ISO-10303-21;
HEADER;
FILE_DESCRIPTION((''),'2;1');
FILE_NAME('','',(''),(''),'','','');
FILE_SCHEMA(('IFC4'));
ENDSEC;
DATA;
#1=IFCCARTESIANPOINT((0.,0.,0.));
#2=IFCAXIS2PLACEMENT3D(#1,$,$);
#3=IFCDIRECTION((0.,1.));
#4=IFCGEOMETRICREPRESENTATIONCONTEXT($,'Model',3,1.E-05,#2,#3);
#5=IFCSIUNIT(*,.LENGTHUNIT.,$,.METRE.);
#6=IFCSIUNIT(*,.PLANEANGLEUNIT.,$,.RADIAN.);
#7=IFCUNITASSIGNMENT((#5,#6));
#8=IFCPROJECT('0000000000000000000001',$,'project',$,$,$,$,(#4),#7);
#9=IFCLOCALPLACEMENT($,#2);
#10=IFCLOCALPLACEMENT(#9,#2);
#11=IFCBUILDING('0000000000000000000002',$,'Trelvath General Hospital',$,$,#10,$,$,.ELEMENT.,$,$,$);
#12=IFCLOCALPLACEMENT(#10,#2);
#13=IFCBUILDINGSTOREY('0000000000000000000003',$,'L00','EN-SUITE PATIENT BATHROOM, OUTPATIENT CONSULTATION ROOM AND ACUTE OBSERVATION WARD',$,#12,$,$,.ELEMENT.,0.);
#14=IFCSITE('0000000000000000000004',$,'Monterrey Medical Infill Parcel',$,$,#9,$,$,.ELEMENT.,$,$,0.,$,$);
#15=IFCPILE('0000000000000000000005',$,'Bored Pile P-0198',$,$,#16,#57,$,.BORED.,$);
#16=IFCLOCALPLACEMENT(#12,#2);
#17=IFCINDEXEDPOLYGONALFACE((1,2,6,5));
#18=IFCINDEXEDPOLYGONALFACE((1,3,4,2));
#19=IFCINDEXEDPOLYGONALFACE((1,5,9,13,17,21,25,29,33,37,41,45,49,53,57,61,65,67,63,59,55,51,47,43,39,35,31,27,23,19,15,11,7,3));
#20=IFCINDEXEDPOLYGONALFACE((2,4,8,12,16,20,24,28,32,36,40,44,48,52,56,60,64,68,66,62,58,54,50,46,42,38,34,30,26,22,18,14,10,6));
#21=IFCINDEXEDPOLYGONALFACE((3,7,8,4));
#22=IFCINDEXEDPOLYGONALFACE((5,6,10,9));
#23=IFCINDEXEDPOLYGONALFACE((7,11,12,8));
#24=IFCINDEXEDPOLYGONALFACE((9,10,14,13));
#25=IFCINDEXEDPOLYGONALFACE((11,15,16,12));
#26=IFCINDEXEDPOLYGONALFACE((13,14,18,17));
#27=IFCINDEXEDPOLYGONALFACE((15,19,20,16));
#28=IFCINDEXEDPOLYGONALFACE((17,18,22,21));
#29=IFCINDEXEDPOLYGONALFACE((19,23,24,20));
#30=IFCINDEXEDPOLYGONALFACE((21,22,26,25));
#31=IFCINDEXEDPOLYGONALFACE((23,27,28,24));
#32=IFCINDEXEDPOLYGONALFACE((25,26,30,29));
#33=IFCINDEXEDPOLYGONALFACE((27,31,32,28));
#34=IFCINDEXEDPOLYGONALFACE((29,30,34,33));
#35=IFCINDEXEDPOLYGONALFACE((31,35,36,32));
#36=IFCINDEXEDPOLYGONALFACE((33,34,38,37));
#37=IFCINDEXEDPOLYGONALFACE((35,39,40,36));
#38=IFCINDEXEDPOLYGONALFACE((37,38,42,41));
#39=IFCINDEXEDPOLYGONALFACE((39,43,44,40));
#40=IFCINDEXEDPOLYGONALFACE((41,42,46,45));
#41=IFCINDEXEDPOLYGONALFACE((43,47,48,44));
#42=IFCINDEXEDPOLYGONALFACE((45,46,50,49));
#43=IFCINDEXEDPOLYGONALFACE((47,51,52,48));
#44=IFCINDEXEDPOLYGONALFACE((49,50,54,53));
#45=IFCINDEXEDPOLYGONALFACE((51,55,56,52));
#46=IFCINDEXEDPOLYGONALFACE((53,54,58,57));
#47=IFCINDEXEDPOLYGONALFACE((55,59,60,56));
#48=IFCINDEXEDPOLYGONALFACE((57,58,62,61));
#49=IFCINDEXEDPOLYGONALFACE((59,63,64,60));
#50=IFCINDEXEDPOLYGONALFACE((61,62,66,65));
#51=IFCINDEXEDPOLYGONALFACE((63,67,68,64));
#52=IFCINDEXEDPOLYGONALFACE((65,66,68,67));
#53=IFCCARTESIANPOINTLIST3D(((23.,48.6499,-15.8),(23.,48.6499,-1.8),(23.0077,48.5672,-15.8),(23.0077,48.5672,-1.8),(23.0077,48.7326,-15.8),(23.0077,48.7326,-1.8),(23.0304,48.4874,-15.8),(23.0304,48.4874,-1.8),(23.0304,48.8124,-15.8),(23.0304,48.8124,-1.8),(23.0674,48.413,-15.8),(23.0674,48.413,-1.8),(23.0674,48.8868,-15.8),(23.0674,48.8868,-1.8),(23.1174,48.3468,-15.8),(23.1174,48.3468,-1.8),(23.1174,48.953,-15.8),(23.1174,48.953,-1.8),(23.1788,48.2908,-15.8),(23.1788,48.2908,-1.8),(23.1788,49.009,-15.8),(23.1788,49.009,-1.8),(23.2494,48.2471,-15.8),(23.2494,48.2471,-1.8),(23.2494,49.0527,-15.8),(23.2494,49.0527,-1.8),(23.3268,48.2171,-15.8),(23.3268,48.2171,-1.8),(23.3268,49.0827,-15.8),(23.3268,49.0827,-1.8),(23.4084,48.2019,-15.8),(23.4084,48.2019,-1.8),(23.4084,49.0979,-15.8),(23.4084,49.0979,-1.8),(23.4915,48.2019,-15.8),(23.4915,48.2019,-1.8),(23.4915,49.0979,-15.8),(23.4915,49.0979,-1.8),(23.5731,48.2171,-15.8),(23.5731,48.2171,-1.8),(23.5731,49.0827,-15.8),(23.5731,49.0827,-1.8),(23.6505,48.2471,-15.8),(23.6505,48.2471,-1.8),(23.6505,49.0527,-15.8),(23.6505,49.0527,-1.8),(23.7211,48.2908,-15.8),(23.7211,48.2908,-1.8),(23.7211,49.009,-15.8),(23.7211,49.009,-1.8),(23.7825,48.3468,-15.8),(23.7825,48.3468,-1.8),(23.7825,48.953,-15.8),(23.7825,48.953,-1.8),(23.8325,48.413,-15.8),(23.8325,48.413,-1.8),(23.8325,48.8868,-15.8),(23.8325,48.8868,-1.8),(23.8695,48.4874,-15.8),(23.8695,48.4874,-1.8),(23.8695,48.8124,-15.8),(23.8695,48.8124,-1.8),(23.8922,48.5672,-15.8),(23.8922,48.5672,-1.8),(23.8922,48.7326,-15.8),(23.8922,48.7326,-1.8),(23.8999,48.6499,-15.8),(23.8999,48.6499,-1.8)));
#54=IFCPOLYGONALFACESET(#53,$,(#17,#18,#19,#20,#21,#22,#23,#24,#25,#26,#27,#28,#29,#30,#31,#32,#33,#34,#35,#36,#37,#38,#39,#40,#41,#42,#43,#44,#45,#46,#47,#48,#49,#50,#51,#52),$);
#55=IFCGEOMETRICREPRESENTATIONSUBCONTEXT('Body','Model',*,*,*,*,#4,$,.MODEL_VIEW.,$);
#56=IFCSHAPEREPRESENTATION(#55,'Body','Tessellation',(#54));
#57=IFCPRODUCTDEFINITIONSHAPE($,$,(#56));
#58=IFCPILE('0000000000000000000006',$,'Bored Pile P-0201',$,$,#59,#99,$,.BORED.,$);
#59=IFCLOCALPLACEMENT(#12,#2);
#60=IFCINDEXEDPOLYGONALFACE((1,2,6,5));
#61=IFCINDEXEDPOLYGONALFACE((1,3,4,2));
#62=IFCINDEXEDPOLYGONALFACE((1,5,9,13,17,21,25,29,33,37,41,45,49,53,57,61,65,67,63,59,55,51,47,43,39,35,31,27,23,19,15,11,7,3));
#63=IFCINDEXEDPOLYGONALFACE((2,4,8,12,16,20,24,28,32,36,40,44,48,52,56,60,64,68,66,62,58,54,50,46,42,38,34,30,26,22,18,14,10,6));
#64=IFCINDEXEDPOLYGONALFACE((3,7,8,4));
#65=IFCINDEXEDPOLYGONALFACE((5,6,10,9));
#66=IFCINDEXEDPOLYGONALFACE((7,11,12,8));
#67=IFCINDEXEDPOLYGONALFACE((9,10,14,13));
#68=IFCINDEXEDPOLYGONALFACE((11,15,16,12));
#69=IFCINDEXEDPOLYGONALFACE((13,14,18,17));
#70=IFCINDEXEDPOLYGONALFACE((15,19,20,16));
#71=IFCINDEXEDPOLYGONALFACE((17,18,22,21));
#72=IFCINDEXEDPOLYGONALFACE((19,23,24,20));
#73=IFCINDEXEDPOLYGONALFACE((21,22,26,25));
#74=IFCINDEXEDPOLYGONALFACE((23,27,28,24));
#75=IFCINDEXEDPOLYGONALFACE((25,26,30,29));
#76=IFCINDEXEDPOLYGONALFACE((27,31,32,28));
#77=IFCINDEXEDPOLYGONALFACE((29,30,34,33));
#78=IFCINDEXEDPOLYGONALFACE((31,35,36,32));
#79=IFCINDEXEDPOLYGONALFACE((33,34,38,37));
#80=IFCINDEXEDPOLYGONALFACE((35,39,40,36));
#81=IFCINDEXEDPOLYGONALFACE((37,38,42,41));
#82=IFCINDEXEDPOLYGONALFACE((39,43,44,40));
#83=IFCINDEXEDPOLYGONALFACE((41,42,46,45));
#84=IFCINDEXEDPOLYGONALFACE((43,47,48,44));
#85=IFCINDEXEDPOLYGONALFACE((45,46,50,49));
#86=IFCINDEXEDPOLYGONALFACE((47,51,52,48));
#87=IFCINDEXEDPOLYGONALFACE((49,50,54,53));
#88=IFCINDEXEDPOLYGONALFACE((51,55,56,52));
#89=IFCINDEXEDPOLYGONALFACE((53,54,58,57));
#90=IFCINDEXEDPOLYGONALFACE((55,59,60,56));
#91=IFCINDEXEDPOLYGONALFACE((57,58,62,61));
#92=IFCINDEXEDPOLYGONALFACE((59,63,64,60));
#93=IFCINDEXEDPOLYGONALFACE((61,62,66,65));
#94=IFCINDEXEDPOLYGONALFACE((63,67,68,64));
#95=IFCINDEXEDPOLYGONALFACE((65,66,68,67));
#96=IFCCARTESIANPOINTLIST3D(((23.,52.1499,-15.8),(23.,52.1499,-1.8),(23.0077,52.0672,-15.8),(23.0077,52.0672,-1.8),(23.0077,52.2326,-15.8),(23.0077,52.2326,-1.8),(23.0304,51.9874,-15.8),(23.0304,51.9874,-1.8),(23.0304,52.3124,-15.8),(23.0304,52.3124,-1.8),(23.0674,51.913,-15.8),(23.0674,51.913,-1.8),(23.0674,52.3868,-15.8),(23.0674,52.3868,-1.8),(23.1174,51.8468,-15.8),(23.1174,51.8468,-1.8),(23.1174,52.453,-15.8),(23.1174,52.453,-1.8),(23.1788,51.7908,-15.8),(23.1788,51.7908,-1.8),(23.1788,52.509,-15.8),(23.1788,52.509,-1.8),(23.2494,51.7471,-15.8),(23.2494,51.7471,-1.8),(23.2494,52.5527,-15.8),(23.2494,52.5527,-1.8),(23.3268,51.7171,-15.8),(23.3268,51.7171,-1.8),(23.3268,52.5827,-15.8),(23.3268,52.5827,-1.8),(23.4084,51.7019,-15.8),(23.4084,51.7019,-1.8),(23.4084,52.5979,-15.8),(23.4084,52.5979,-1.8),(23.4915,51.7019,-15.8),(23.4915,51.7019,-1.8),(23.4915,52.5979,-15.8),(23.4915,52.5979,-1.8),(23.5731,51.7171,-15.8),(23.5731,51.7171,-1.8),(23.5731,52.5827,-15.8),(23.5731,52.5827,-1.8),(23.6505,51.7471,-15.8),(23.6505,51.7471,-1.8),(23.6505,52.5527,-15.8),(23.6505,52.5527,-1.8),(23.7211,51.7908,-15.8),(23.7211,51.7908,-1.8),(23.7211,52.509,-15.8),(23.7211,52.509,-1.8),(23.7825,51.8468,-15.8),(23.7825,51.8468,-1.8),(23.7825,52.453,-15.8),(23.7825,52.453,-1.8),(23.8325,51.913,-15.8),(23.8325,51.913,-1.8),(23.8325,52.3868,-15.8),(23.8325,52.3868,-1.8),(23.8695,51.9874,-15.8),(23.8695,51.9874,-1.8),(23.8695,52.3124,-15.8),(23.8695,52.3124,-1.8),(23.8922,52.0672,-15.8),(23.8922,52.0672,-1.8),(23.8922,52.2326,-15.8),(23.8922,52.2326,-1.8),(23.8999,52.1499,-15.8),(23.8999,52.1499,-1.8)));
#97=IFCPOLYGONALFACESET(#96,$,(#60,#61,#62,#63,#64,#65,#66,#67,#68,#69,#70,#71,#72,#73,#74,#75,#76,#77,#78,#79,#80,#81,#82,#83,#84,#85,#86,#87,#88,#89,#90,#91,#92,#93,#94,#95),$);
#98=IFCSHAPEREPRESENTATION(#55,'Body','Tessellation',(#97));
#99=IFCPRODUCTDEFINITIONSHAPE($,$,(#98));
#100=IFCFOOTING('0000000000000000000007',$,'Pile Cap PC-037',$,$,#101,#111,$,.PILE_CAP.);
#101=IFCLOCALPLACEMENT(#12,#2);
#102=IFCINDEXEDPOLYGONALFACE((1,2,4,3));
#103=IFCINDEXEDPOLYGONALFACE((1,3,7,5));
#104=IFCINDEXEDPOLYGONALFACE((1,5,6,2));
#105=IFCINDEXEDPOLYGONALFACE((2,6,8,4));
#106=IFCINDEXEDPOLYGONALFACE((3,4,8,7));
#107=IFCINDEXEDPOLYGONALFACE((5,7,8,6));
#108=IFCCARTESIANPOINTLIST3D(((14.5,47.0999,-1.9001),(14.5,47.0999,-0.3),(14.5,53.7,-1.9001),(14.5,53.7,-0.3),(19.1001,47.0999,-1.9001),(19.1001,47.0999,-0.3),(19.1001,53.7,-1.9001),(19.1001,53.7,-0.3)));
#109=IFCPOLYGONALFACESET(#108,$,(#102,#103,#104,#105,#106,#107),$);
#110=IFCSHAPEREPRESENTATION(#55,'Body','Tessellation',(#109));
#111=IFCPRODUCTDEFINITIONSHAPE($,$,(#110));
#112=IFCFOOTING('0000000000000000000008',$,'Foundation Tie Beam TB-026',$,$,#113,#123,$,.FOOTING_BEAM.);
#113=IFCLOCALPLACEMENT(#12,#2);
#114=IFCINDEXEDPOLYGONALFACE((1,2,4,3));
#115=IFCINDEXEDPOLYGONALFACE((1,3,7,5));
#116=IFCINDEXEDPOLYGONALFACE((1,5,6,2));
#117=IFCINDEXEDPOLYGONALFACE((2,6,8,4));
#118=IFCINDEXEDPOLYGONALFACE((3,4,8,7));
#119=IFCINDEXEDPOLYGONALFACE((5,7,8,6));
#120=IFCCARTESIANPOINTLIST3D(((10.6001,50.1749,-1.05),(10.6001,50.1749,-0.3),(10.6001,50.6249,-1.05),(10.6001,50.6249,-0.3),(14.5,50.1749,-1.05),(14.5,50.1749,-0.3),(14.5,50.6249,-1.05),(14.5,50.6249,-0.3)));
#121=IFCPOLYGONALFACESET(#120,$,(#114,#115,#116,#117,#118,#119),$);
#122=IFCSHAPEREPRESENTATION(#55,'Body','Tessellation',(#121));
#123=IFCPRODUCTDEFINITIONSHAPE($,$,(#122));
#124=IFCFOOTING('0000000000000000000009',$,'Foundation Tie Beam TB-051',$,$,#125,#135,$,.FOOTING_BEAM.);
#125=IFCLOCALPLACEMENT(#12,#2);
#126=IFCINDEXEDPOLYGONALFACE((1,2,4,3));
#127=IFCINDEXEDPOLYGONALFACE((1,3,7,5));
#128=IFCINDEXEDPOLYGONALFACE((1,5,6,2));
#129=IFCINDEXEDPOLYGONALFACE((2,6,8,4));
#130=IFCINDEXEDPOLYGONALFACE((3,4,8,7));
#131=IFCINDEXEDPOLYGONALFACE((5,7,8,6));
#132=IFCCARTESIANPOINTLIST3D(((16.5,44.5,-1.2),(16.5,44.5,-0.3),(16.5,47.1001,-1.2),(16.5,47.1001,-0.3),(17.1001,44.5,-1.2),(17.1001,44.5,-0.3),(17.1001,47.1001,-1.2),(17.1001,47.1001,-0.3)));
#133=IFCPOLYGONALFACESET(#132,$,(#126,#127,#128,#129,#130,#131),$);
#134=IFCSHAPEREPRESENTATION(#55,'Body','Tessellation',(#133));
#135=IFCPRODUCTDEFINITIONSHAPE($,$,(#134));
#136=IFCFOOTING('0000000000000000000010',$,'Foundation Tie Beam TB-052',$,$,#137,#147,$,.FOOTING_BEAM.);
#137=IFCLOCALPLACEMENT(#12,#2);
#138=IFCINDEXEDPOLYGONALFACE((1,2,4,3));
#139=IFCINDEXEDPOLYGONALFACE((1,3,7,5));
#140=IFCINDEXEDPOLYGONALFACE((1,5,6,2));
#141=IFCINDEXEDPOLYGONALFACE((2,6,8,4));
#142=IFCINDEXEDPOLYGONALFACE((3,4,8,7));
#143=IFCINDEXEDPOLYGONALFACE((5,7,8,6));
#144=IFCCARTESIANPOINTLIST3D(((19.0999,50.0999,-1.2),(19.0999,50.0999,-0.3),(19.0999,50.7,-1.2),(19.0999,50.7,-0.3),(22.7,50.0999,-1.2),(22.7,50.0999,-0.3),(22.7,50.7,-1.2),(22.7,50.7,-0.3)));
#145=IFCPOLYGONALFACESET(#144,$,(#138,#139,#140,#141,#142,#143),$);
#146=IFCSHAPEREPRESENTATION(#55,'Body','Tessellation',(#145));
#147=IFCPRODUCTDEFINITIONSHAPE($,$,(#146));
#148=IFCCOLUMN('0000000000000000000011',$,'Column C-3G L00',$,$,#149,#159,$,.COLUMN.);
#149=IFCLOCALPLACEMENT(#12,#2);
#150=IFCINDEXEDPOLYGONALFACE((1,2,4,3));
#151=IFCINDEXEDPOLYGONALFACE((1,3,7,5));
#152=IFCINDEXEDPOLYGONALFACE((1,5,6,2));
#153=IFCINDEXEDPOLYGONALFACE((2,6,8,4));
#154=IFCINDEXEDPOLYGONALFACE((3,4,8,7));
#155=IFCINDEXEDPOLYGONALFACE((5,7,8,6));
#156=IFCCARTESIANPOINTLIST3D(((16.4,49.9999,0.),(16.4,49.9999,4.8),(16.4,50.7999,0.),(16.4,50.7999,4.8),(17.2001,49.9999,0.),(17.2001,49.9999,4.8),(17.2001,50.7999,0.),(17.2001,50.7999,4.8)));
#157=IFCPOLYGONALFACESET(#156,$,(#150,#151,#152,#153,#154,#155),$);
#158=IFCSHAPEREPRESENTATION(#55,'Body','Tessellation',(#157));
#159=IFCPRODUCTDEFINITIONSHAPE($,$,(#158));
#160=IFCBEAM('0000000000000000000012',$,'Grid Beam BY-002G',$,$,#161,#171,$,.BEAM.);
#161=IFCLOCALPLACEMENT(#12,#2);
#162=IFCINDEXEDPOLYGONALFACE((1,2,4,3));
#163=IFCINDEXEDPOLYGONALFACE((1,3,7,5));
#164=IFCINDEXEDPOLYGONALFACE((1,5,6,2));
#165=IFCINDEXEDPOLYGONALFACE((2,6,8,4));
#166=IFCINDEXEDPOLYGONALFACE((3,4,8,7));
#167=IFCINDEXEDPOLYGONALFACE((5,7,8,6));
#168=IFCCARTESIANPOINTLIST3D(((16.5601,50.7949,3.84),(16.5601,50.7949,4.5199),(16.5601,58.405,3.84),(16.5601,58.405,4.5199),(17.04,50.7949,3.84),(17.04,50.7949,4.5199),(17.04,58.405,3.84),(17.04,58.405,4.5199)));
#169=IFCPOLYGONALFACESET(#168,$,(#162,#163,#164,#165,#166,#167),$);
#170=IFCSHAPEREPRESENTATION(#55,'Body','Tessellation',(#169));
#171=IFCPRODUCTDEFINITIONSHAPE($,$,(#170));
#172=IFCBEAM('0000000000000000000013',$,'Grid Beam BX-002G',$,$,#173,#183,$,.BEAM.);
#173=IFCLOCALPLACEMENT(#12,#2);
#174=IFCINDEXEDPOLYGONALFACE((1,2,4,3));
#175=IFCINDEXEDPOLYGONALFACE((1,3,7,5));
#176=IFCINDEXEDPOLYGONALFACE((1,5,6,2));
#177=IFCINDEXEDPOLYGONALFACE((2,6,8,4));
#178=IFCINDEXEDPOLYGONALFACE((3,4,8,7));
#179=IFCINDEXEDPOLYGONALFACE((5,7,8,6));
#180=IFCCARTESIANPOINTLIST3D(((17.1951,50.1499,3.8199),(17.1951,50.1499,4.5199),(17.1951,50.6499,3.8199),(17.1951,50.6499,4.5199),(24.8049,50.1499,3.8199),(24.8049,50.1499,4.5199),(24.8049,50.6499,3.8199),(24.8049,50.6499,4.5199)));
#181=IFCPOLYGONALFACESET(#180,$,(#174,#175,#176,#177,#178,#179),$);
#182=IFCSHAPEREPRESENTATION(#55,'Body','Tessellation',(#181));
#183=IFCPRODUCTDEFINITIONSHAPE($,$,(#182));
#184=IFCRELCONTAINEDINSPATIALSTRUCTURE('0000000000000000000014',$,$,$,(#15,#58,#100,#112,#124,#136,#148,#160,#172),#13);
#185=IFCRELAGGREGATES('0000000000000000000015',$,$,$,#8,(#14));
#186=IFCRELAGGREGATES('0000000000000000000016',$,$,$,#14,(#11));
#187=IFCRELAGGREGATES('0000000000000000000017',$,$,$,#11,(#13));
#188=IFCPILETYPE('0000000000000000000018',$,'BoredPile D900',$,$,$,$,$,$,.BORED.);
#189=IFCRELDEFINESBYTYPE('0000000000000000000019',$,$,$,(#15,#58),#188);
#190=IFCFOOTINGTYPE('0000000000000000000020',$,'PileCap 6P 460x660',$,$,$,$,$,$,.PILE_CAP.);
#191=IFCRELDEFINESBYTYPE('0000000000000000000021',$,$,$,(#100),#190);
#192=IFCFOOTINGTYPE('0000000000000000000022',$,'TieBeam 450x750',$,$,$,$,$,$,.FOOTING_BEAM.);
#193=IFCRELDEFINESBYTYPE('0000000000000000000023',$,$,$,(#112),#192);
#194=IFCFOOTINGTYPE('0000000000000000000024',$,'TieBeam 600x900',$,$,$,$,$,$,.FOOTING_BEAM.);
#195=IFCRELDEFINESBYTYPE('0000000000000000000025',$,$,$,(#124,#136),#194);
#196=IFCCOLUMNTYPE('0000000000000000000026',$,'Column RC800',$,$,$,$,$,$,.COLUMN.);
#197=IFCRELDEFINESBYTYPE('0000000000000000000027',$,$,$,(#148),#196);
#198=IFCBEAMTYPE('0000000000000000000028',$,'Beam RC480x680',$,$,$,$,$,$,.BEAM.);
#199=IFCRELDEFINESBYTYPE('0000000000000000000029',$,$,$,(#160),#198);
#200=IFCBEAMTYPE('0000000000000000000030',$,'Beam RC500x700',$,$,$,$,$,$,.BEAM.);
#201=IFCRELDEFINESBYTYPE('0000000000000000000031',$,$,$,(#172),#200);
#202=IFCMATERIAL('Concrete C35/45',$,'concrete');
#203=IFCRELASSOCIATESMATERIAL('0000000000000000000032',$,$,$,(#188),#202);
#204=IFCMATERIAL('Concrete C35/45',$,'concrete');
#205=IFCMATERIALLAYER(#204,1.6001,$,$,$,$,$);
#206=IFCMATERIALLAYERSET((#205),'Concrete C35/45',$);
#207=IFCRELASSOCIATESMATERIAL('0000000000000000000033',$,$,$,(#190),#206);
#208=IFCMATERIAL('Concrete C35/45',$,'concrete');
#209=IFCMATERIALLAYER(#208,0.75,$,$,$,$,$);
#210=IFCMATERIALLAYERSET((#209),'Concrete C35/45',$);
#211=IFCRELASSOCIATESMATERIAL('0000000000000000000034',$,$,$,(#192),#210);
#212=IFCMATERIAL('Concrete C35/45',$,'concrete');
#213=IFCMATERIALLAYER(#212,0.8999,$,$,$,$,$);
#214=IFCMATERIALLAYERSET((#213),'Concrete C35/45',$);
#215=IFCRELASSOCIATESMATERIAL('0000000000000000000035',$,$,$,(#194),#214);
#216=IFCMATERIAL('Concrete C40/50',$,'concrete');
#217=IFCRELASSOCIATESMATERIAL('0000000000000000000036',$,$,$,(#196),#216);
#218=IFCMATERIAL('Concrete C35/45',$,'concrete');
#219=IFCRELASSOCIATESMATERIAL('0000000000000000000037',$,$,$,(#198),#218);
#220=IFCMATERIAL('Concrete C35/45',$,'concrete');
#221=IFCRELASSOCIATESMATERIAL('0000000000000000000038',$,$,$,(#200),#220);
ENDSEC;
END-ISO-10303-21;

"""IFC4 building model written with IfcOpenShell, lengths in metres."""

from ifc_helpers import new_model, si_unit, direction, frame, origin, origin_2d, place, context, subcontext, project, spatial, rectangle, circle, extrude, material, layer, layer_set, material_profile, profile_set, type_object, element, save


model = new_model("IFC4")

# Units and contexts
model_context = context("Model", 3, precision=1e-05, world=origin(), true_north=direction((0.0, 1.0)))
body_context = subcontext(model_context, "Body", "Model", "MODEL_VIEW")
ifc_project = project(units=[si_unit("LENGTHUNIT", "METRE"), si_unit("PLANEANGLEUNIT", "RADIAN")], contexts=[model_context])

# Site, building, storey
site_placement = place(None, origin())
site = spatial("IfcSite", under=ifc_project, at=site_placement, Name="Monterrey Medical Infill Parcel", CompositionType="ELEMENT", RefElevation=0.0)
building_placement = place(site_placement, origin())
building = spatial("IfcBuilding", under=site, at=building_placement, Name="Trelvath General Hospital", CompositionType="ELEMENT")
storey_placement = place(building_placement, origin())
storey = spatial("IfcBuildingStorey", under=building, at=storey_placement, Name="L00", Description="EN-SUITE PATIENT BATHROOM, OUTPATIENT CONSULTATION ROOM AND ACUTE OBSERVATION WARD", CompositionType="ELEMENT", Elevation=0.0)

# Piles
ifc_material_1 = material(Name="Concrete C35/45", Category="concrete")
ifc_material_profile_1 = material_profile(ifc_material_1, circle(Radius=0.45, at=origin_2d()), Name="PILE900")
ifc_profile_set_1 = profile_set([ifc_material_profile_1], Name="Concrete C35/45")
pile_type_1 = type_object("IfcPileType", Name="BoredPile D900", PredefinedType="BORED", material=ifc_profile_set_1)
for number, where, z_axis, x_axis, name in (
    (1, (23.45, 48.6499, -1.8), (0.0, 0.0, -1.0), (1.0, 0.0, 0.0), "Bored Pile P-0198"),
    (2, (23.45, 52.1499, -1.8), (0.0, 0.0, -1.0), (1.0, 0.0, 0.0), "Bored Pile P-0201"),
):
    element("IfcPile", number, at=place(storey_placement, frame(where, z_axis=z_axis, x_axis=x_axis)), inside=storey, type_object=pile_type_1, Name=name, PredefinedType="BORED", context=body_context, shape_type="SweptSolid", body=[
        extrude(circle(Radius=0.45, at=origin_2d()), origin(), (0.0, 0.0, 1.0), 14.0),
    ])

# Footings
ifc_material_2 = material(Name="Concrete C35/45", Category="concrete")
ifc_layer_1 = layer(ifc_material_2, 1.6001)
ifc_layer_set_1 = layer_set([ifc_layer_1], Name="Concrete C35/45")
footing_type_1 = type_object("IfcFootingType", Name="PileCap 6P 460x660", PredefinedType="PILE_CAP", material=ifc_layer_set_1)
footing_1_placement = place(storey_placement, frame((16.8, 50.3999, -1.9001), z_axis=(0.0, 0.0, 1.0), x_axis=(1.0, 0.0, 0.0)))
element("IfcFooting", 3, at=footing_1_placement, inside=storey, type_object=footing_type_1, Name="Pile Cap PC-037", PredefinedType="PILE_CAP", context=body_context, shape_type="SweptSolid", body=[
    extrude(rectangle(XDim=4.6001, YDim=6.6001, at=origin_2d()), origin(), (0.0, 0.0, 1.0), 1.6001),
])
ifc_material_3 = material(Name="Concrete C35/45", Category="concrete")
ifc_layer_2 = layer(ifc_material_3, 0.75)
ifc_layer_set_2 = layer_set([ifc_layer_2], Name="Concrete C35/45")
footing_type_2 = type_object("IfcFootingType", Name="TieBeam 450x750", PredefinedType="FOOTING_BEAM", material=ifc_layer_set_2)
footing_2_placement = place(storey_placement, frame((12.55, 50.3999, -1.05), z_axis=(0.0, 0.0, 1.0), x_axis=(1.0, 0.0, 0.0)))
element("IfcFooting", 4, at=footing_2_placement, inside=storey, type_object=footing_type_2, Name="Foundation Tie Beam TB-026", PredefinedType="FOOTING_BEAM", context=body_context, shape_type="SweptSolid", body=[
    extrude(rectangle(XDim=3.8999, YDim=0.45, at=origin_2d()), origin(), (0.0, 0.0, 1.0), 0.75),
])
ifc_material_4 = material(Name="Concrete C35/45", Category="concrete")
ifc_layer_3 = layer(ifc_material_4, 0.8999)
ifc_layer_set_3 = layer_set([ifc_layer_3], Name="Concrete C35/45")
footing_type_3 = type_object("IfcFootingType", Name="TieBeam 600x900", PredefinedType="FOOTING_BEAM", material=ifc_layer_set_3)
footing_3_placement = place(storey_placement, frame((16.8, 45.8, -1.2), z_axis=(0.0, 0.0, 1.0), x_axis=(1.0, 0.0, 0.0)))
element("IfcFooting", 5, at=footing_3_placement, inside=storey, type_object=footing_type_3, Name="Foundation Tie Beam TB-051", PredefinedType="FOOTING_BEAM", context=body_context, shape_type="SweptSolid", body=[
    extrude(rectangle(XDim=0.6001, YDim=2.6001, at=origin_2d()), origin(), (0.0, 0.0, 1.0), 0.8999),
])
footing_4_placement = place(storey_placement, frame((20.8999, 50.3999, -1.2), z_axis=(0.0, 0.0, 1.0), x_axis=(1.0, 0.0, 0.0)))
element("IfcFooting", 6, at=footing_4_placement, inside=storey, type_object=footing_type_3, Name="Foundation Tie Beam TB-052", PredefinedType="FOOTING_BEAM", context=body_context, shape_type="SweptSolid", body=[
    extrude(rectangle(XDim=3.6001, YDim=0.6001, at=origin_2d()), origin(), (0.0, 0.0, 1.0), 0.8999),
])

# Column
ifc_material_5 = material(Name="Concrete C40/50", Category="concrete")
ifc_material_profile_2 = material_profile(ifc_material_5, rectangle(XDim=0.8, YDim=0.8, at=origin_2d()), Name="RC800x800")
ifc_profile_set_2 = profile_set([ifc_material_profile_2], Name="Concrete C40/50")
column_type = type_object("IfcColumnType", Name="Column RC800", PredefinedType="COLUMN", material=ifc_profile_set_2)
column_placement = place(storey_placement, frame((16.8, 50.3999, 0.0), z_axis=(0.0, 0.0, 1.0), x_axis=(1.0, 0.0, 0.0)))
element("IfcColumn", 7, at=column_placement, inside=storey, type_object=column_type, Name="Column C-3G L00", PredefinedType="COLUMN", context=body_context, shape_type="SweptSolid", body=[
    extrude(rectangle(XDim=0.8, YDim=0.8, at=origin_2d()), origin(), (0.0, 0.0, 1.0), 4.8),
])

# Beams
ifc_material_6 = material(Name="Concrete C35/45", Category="concrete")
ifc_material_profile_3 = material_profile(ifc_material_6, rectangle(XDim=0.48, YDim=0.6799, at=origin_2d()), Name="RCB480x680")
ifc_profile_set_3 = profile_set([ifc_material_profile_3], Name="Concrete C35/45")
beam_type_1 = type_object("IfcBeamType", Name="Beam RC480x680", PredefinedType="BEAM", material=ifc_profile_set_3)
beam_1_placement = place(storey_placement, frame((16.8, 50.7949, 4.1799), z_axis=(0.0, 1.0, 0.0), x_axis=(-1.0, 0.0, 0.0)))
element("IfcBeam", 8, at=beam_1_placement, inside=storey, type_object=beam_type_1, Name="Grid Beam BY-002G", PredefinedType="BEAM", context=body_context, shape_type="SweptSolid", body=[
    extrude(rectangle(XDim=0.48, YDim=0.6799, at=origin_2d()), origin(), (0.0, 0.0, 1.0), 7.6101),
])
ifc_material_7 = material(Name="Concrete C35/45", Category="concrete")
ifc_material_profile_4 = material_profile(ifc_material_7, rectangle(XDim=0.5, YDim=0.7, at=origin_2d()), Name="RCB500x700")
ifc_profile_set_4 = profile_set([ifc_material_profile_4], Name="Concrete C35/45")
beam_type_2 = type_object("IfcBeamType", Name="Beam RC500x700", PredefinedType="BEAM", material=ifc_profile_set_4)
beam_2_placement = place(storey_placement, frame((17.1951, 50.3999, 4.1699), z_axis=(1.0, 0.0, 0.0), x_axis=(0.0, 1.0, 0.0)))
element("IfcBeam", 9, at=beam_2_placement, inside=storey, type_object=beam_type_2, Name="Grid Beam BX-002G", PredefinedType="BEAM", context=body_context, shape_type="SweptSolid", body=[
    extrude(rectangle(XDim=0.5, YDim=0.7, at=origin_2d()), origin(), (0.0, 0.0, 1.0), 7.6099),
])

save(model, "model.ifc")
